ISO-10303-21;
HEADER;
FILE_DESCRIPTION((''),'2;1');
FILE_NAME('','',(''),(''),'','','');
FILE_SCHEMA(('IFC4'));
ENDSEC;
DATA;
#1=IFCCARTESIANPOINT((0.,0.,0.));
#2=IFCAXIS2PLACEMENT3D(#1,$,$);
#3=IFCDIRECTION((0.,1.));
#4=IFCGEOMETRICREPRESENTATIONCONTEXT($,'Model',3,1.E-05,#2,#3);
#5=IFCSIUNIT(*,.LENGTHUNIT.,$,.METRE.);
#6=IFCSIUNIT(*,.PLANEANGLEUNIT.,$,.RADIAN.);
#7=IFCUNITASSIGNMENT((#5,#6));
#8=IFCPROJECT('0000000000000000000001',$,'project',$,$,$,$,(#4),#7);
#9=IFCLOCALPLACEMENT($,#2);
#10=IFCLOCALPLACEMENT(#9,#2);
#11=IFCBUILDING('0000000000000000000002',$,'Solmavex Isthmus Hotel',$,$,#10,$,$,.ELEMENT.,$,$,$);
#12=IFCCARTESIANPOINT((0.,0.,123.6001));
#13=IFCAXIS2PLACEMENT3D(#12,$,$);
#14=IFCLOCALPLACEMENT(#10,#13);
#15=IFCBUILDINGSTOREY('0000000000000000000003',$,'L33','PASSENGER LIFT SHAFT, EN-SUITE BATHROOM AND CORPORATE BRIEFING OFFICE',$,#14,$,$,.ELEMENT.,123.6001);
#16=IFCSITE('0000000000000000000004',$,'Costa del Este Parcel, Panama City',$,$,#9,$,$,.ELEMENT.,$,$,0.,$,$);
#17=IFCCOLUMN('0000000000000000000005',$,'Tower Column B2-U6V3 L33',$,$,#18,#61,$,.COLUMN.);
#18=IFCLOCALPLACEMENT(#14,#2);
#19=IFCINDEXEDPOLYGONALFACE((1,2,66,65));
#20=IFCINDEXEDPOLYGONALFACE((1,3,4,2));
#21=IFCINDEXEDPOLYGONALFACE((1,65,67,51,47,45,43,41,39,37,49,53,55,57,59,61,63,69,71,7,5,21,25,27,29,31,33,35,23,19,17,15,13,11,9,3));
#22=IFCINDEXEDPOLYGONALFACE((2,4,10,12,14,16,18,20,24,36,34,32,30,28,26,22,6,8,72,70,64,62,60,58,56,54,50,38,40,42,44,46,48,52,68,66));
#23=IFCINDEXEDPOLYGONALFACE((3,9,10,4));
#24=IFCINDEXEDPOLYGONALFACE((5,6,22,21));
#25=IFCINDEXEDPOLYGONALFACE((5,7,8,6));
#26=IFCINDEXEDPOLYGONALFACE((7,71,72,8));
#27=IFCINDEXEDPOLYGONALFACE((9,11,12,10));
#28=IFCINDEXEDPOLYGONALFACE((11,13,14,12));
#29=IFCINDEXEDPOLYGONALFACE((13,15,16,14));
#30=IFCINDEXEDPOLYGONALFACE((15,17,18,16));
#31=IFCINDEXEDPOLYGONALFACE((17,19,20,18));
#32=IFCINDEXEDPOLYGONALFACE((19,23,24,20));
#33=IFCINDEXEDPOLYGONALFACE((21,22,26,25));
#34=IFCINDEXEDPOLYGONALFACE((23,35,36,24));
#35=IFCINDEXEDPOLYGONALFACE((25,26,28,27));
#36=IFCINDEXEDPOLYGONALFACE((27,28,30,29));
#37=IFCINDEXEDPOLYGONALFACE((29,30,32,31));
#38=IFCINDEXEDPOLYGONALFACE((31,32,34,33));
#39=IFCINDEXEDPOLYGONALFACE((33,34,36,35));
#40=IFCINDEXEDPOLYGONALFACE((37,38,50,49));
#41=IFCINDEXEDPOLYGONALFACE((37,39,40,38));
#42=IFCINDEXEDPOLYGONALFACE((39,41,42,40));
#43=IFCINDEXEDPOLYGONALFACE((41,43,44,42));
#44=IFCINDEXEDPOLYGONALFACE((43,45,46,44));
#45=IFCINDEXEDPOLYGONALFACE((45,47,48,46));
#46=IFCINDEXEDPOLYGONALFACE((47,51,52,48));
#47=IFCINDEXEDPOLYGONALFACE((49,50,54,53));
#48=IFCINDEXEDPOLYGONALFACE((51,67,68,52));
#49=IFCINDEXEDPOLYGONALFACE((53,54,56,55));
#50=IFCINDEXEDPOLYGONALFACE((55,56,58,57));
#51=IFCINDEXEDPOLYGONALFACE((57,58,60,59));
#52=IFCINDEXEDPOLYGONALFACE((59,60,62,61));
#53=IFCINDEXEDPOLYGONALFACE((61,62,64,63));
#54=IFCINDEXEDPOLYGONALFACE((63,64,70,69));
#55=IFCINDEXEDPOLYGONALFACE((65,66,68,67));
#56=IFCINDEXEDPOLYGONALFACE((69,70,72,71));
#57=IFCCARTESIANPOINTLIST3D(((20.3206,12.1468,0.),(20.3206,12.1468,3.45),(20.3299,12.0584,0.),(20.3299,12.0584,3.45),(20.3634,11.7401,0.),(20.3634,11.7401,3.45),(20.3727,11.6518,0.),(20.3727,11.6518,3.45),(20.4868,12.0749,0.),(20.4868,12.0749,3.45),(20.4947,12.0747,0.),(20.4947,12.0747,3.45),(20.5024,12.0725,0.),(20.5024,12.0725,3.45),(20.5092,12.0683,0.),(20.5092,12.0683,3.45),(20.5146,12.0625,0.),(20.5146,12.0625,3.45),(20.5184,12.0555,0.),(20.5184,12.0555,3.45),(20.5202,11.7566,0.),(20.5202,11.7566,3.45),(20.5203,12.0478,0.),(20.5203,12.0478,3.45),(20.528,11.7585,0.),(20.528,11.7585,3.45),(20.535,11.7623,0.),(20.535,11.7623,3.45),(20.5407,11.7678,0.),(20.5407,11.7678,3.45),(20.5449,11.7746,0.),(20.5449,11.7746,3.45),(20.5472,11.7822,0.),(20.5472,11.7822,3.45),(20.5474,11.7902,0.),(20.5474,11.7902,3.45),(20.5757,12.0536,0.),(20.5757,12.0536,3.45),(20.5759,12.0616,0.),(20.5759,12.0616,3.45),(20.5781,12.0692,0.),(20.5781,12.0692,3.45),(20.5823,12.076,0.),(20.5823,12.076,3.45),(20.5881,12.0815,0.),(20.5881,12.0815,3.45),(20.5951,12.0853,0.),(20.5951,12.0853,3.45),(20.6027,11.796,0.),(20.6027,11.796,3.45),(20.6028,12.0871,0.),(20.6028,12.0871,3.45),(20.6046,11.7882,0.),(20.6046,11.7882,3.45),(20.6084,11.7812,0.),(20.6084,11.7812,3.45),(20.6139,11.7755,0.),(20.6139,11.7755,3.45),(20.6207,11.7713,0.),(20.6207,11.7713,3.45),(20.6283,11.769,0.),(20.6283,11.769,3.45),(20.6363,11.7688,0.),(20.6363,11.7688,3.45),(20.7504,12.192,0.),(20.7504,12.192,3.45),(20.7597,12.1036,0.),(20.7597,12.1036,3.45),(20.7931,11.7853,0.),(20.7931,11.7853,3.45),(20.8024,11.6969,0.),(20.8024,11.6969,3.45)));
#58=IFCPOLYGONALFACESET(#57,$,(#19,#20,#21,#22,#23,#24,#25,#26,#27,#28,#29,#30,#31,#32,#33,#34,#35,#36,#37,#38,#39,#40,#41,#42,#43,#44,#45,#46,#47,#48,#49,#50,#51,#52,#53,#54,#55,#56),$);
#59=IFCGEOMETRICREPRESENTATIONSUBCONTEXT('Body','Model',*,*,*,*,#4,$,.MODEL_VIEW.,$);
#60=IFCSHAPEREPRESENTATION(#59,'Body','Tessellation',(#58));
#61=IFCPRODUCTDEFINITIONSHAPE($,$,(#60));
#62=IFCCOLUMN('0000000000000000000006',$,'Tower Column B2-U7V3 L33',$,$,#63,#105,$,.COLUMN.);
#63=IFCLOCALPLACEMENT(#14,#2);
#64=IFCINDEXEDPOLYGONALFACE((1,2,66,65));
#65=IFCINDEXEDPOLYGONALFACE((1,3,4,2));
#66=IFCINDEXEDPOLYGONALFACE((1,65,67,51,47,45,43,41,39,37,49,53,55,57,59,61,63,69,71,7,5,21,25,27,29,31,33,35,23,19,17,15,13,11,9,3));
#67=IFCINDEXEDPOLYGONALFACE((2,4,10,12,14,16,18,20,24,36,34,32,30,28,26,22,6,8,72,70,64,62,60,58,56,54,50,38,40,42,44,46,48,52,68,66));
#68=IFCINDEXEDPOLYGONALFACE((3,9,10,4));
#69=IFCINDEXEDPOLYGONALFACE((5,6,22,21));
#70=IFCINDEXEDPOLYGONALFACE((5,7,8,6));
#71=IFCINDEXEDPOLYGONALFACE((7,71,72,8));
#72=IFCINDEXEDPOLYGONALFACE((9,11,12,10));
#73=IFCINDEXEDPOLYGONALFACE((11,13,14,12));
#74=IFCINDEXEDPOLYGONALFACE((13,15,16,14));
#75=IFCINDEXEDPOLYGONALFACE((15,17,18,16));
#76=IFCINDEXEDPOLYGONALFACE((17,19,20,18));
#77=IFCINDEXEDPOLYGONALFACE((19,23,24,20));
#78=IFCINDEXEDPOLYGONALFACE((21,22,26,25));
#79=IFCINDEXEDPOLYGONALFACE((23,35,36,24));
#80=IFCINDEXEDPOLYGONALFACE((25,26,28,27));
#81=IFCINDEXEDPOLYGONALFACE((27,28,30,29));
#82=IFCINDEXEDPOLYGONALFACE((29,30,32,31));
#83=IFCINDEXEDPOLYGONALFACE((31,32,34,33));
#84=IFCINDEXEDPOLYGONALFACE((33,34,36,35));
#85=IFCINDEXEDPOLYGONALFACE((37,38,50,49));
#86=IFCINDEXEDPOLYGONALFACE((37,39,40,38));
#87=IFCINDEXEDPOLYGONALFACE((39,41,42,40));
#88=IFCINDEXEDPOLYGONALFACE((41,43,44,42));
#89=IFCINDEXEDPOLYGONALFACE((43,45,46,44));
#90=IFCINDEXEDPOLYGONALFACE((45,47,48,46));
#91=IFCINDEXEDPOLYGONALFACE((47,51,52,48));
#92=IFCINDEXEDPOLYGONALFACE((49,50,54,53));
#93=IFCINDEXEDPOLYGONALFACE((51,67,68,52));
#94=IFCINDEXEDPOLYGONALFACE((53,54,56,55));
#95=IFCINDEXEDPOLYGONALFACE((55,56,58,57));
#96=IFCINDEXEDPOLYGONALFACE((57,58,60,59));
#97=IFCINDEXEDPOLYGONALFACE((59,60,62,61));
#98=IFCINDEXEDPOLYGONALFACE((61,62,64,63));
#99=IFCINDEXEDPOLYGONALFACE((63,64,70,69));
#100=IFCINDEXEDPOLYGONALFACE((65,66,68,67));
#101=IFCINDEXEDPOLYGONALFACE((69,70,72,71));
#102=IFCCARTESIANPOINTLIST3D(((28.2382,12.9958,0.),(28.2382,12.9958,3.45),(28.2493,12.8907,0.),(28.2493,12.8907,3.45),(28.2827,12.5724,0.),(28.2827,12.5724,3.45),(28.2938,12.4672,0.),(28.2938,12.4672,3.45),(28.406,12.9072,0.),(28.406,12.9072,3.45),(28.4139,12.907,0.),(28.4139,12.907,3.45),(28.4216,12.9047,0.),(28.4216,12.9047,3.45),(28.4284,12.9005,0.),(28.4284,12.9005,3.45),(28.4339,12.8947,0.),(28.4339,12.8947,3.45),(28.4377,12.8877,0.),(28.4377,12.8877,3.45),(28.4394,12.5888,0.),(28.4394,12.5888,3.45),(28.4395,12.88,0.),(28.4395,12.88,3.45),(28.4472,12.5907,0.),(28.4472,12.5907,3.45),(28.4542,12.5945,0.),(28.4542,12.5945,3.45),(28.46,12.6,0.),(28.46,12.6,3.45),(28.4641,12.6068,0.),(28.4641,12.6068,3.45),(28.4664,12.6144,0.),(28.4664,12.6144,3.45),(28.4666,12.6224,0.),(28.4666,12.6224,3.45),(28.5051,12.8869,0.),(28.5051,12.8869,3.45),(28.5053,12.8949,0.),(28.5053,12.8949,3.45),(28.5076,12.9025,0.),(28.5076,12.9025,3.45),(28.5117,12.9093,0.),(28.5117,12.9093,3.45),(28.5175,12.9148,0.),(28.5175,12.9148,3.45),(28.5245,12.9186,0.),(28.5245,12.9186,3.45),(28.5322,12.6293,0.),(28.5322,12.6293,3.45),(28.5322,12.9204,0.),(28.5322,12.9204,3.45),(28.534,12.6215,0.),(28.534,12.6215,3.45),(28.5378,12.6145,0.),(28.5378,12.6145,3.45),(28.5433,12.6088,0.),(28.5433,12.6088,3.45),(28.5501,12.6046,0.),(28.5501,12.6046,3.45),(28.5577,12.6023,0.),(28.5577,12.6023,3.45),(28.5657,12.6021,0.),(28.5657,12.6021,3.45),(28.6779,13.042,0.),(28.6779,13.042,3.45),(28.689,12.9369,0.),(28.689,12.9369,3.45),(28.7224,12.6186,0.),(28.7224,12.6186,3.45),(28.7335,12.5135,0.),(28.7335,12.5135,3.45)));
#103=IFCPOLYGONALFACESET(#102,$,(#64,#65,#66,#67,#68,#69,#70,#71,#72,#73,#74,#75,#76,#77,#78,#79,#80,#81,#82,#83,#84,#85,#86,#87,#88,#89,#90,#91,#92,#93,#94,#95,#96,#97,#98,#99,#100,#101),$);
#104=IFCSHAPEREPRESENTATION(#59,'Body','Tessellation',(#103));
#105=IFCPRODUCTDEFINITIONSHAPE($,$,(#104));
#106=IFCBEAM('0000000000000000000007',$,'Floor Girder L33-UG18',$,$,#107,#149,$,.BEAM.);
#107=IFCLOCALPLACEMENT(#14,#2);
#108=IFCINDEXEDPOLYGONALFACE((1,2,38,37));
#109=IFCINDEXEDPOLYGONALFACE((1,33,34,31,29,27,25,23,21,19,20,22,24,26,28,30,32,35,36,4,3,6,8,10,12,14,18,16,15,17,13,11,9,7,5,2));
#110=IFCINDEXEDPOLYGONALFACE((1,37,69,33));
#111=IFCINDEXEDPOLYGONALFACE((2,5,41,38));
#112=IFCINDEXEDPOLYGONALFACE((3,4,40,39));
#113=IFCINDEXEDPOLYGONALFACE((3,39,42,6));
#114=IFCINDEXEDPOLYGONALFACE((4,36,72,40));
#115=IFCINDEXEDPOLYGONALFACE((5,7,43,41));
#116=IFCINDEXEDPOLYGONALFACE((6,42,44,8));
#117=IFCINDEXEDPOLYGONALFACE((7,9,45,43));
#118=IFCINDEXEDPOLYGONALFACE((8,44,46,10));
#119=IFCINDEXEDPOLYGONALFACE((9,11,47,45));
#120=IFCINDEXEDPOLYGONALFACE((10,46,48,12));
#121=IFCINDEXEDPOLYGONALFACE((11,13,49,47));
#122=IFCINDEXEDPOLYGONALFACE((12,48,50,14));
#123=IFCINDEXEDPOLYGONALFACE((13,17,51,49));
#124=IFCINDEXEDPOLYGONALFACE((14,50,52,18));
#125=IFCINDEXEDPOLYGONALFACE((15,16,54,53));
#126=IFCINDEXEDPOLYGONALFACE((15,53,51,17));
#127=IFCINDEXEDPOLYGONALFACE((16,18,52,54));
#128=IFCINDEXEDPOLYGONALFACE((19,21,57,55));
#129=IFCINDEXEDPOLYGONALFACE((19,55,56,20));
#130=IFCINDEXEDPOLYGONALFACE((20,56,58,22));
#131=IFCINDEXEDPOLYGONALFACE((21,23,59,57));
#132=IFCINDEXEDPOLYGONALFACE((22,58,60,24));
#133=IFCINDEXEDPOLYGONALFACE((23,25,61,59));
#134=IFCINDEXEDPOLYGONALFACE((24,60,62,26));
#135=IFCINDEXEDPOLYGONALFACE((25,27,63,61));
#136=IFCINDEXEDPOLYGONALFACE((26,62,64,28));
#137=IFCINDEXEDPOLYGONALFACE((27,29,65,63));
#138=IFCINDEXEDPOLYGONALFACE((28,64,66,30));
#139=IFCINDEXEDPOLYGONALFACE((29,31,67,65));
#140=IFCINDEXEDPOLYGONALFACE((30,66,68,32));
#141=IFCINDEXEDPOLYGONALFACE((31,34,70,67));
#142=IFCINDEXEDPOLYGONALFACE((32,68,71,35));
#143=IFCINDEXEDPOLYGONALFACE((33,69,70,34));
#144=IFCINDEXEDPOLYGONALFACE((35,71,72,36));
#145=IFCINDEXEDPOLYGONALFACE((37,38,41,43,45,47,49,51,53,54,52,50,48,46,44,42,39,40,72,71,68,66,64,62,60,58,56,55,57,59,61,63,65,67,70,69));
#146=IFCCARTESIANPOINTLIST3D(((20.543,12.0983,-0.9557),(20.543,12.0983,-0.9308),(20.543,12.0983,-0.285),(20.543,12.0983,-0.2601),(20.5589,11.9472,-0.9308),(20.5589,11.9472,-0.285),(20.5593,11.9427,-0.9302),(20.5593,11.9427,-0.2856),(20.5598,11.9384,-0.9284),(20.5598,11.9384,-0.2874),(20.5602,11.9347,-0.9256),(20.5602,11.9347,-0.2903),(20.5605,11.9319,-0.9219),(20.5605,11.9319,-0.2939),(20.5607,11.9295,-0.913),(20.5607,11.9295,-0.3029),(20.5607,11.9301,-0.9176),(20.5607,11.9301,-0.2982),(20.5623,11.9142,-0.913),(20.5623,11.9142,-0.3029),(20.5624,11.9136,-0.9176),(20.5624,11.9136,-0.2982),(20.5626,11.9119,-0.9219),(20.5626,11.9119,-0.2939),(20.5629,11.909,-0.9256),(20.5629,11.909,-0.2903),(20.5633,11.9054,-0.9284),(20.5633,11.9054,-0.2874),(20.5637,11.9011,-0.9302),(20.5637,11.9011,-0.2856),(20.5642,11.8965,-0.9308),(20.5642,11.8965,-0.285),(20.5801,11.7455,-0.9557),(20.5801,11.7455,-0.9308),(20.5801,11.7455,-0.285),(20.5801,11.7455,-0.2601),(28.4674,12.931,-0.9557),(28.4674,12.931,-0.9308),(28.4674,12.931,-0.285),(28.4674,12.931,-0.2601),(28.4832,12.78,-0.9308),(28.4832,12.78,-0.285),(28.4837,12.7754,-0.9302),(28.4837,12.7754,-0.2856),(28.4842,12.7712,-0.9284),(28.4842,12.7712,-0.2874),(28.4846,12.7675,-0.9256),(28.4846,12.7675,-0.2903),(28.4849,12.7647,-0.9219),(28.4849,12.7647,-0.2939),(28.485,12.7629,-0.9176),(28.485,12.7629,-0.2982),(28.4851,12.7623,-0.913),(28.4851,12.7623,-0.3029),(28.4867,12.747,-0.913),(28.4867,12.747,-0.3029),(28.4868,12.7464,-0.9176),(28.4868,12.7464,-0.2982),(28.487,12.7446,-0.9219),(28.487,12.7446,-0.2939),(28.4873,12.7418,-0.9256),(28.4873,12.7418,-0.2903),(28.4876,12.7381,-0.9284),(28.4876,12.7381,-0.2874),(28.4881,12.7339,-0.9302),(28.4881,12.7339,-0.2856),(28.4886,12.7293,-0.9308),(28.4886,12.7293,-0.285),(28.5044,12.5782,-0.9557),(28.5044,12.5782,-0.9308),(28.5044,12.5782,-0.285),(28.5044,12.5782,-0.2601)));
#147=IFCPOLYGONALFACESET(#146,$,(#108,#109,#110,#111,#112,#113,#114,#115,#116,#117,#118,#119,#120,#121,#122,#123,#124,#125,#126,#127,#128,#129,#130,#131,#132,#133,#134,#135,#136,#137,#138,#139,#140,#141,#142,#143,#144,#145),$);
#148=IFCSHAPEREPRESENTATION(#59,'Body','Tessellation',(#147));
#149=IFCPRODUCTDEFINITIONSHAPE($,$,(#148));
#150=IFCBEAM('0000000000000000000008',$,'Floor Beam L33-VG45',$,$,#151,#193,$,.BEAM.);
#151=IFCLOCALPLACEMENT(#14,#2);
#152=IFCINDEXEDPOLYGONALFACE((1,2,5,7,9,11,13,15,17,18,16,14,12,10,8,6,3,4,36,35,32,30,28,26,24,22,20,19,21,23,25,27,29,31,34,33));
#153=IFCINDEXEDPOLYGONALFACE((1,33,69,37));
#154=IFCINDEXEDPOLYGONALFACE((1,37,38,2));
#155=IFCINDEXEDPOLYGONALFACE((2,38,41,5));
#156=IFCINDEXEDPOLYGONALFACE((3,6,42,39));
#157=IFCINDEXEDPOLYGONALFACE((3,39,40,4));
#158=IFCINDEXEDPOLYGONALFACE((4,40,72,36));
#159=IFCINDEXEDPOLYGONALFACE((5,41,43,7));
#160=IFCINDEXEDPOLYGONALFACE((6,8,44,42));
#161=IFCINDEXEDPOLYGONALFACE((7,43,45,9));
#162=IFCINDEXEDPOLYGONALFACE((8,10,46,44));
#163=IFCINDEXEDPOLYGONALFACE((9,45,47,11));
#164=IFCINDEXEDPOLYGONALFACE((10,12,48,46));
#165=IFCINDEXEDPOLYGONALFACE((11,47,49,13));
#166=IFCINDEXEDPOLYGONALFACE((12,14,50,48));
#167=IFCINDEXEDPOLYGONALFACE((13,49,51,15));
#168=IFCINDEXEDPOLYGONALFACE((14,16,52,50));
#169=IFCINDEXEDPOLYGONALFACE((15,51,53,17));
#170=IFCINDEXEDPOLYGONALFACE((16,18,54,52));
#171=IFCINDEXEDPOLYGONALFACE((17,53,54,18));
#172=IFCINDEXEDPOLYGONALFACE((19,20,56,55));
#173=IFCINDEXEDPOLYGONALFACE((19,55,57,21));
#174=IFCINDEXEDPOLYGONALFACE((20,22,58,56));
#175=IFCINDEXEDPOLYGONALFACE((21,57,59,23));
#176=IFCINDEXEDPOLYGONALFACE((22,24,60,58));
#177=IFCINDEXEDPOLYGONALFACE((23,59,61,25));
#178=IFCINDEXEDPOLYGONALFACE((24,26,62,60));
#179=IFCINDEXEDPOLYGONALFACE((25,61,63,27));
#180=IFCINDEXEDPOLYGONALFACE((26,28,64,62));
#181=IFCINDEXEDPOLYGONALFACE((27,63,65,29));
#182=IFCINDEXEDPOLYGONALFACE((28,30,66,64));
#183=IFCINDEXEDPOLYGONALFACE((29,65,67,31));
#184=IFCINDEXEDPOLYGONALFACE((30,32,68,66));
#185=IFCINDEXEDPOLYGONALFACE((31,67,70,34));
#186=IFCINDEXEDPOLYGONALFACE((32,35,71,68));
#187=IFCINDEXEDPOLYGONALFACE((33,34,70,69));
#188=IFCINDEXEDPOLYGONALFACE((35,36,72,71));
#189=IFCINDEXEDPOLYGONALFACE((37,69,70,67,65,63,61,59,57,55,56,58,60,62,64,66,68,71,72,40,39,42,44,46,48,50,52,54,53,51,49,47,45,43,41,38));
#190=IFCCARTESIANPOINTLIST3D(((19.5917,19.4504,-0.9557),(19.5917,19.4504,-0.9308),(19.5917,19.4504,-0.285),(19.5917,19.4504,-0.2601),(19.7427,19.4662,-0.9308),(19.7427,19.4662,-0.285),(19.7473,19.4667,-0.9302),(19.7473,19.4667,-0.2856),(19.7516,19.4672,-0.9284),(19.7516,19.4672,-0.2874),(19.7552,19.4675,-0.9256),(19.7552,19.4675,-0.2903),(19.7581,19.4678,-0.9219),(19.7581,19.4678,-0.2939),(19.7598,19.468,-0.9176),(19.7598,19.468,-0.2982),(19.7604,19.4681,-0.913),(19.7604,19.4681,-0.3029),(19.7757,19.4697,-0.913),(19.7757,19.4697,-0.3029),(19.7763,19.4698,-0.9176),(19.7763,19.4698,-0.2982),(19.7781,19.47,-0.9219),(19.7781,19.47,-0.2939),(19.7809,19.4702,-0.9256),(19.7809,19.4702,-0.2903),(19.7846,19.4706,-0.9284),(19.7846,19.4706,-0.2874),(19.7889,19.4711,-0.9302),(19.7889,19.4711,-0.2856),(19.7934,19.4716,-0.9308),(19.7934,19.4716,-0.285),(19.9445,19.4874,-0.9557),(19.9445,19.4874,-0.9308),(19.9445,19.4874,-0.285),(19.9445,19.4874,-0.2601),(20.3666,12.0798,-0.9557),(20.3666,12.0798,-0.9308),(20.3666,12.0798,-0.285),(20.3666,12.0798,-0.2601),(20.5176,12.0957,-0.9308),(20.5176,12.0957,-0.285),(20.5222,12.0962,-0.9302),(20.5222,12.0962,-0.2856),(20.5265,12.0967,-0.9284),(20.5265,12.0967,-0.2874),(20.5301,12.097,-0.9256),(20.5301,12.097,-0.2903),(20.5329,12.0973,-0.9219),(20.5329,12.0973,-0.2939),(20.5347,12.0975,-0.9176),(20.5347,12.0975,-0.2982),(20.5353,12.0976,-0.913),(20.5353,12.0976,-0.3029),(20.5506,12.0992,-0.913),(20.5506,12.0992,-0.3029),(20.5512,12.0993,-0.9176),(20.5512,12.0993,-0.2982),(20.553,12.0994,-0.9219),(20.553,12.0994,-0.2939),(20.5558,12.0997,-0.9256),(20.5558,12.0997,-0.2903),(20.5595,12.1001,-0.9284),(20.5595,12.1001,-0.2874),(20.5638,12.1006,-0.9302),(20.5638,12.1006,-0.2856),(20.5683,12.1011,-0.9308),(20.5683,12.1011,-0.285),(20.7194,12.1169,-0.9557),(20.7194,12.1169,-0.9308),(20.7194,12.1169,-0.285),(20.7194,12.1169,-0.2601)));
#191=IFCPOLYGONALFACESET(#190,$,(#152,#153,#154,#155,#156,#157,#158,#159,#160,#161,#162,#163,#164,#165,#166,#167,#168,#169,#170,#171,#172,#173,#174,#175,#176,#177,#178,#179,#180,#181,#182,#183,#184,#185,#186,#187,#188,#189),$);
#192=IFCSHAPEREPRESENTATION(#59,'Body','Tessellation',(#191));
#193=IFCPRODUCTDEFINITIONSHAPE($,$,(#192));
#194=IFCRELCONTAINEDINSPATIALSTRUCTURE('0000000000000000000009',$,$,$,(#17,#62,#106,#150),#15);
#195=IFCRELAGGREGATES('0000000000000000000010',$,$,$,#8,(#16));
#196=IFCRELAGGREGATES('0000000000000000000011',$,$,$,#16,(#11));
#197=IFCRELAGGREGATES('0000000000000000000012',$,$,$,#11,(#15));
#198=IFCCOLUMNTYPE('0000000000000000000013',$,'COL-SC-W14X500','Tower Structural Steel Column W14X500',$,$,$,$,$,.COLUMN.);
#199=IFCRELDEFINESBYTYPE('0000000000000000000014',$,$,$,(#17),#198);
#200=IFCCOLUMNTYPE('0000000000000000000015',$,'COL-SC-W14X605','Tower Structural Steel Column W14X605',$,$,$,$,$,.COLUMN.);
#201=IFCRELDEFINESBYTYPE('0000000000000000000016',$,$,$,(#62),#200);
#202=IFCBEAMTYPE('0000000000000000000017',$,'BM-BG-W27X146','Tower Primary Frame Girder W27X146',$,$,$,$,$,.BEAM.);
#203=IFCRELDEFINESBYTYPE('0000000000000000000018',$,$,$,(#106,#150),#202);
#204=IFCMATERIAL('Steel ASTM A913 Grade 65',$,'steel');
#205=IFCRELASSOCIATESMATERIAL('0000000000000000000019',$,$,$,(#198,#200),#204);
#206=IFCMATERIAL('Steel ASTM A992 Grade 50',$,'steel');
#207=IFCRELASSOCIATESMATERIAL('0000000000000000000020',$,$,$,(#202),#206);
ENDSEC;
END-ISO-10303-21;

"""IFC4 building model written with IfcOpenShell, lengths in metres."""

from ifc_helpers import new_model, si_unit, direction, frame, origin, origin_2d, place, context, subcontext, project, spatial, i_section, extrude, material, material_profile, profile_set, type_object, element, save


model = new_model("IFC4")

# Units and contexts
model_context = context("Model", 3, precision=1e-05, world=origin(), true_north=direction((0.0, 1.0)))
body_context = subcontext(model_context, "Body", "Model", "MODEL_VIEW")
ifc_project = project(units=[si_unit("LENGTHUNIT", "METRE"), si_unit("PLANEANGLEUNIT", "RADIAN")], contexts=[model_context])

# Site, building, storey
site_placement = place(None, origin())
site = spatial("IfcSite", under=ifc_project, at=site_placement, Name="Costa del Este Parcel, Panama City", CompositionType="ELEMENT", RefElevation=0.0)
building_placement = place(site_placement, origin())
building = spatial("IfcBuilding", under=site, at=building_placement, Name="Solmavex Isthmus Hotel", CompositionType="ELEMENT")
storey_placement = place(building_placement, frame((0.0, 0.0, 123.6001)))
storey = spatial("IfcBuildingStorey", under=building, at=storey_placement, Name="L33", Description="PASSENGER LIFT SHAFT, EN-SUITE BATHROOM AND CORPORATE BRIEFING OFFICE", CompositionType="ELEMENT", Elevation=123.6001)

# Columns
ifc_material_1 = material(Name="Steel ASTM A913 Grade 65", Category="steel")
ifc_material_profile_1 = material_profile(ifc_material_1, i_section(OverallWidth=0.4321, OverallDepth=0.4978, WebThickness=0.0557, FlangeThickness=0.0889, FilletRadius=0.0305, at=origin_2d()), Name="W14X500")
ifc_profile_set_1 = profile_set([ifc_material_profile_1], Name="Steel ASTM A913 Grade 65")
column_type_1 = type_object("IfcColumnType", Name="COL-SC-W14X500", Description="Tower Structural Steel Column W14X500", PredefinedType="COLUMN", material=ifc_profile_set_1)
column_1_placement = place(storey_placement, frame((20.5615, 11.9219, 0.0), z_axis=(0.0, 0.0, 1.0), x_axis=(0.994522, 0.104528, 0.0)))
element("IfcColumn", 1, at=column_1_placement, inside=storey, type_object=column_type_1, Name="Tower Column B2-U6V3 L33", PredefinedType="COLUMN", context=body_context, shape_type="SweptSolid", body=[
    extrude(i_section(OverallWidth=0.4321, OverallDepth=0.4978, WebThickness=0.0557, FlangeThickness=0.0889, FilletRadius=0.0305, at=origin_2d()), origin(), (0.0, 0.0, 1.0), 3.45),
])
ifc_material_profile_2 = material_profile(ifc_material_1, i_section(OverallWidth=0.4421, OverallDepth=0.5315, WebThickness=0.0659, FlangeThickness=0.1057, FilletRadius=0.0305, at=origin_2d()), Name="W14X605")
ifc_profile_set_2 = profile_set([ifc_material_profile_2], Name="Steel ASTM A913 Grade 65")
column_type_2 = type_object("IfcColumnType", Name="COL-SC-W14X605", Description="Tower Structural Steel Column W14X605", PredefinedType="COLUMN", material=ifc_profile_set_2)
column_2_placement = place(storey_placement, frame((28.4858, 12.7546, 0.0), z_axis=(0.0, 0.0, 1.0), x_axis=(0.994522, 0.104528, 0.0)))
element("IfcColumn", 2, at=column_2_placement, inside=storey, type_object=column_type_2, Name="Tower Column B2-U7V3 L33", PredefinedType="COLUMN", context=body_context, shape_type="SweptSolid", body=[
    extrude(i_section(OverallWidth=0.4421, OverallDepth=0.5315, WebThickness=0.0659, FlangeThickness=0.1057, FilletRadius=0.0305, at=origin_2d()), origin(), (0.0, 0.0, 1.0), 3.45),
])

# Beams
ifc_material_2 = material(Name="Steel ASTM A992 Grade 50", Category="steel")
ifc_material_profile_3 = material_profile(ifc_material_2, i_section(OverallWidth=0.3547, OverallDepth=0.6956, WebThickness=0.0154, FlangeThickness=0.0249, FilletRadius=0.0178, at=origin_2d()), Name="W27X146")
ifc_profile_set_3 = profile_set([ifc_material_profile_3], Name="Steel ASTM A992 Grade 50")
beam_type_1 = type_object("IfcBeamType", Name="BM-BG-W27X146", Description="Tower Primary Frame Girder W27X146", PredefinedType="BEAM", material=ifc_profile_set_3)
beam_1_placement = place(storey_placement, frame((20.5615, 11.9219, -0.6079), z_axis=(0.994523, 0.104514, 0.0), x_axis=(-0.104514, 0.994523, 0.0)))
element("IfcBeam", 3, at=beam_1_placement, inside=storey, type_object=beam_type_1, Name="Floor Girder L33-UG18", PredefinedType="BEAM", context=body_context, shape_type="SweptSolid", body=[
    extrude(i_section(OverallWidth=0.3547, OverallDepth=0.6956, WebThickness=0.0154, FlangeThickness=0.0249, FilletRadius=0.0178, at=origin_2d()), origin(), (0.0, 0.0, 1.0), 7.968),
])
beam_2_placement = place(storey_placement, frame((20.543, 12.0984, -0.6079), z_axis=(-0.104558, 0.994519, 0.0), x_axis=(-0.994519, -0.104558, 0.0)))
element("IfcBeam", 4, at=beam_2_placement, inside=storey, type_object=beam_type_1, Name="Floor Beam L33-VG45", PredefinedType="BEAM", context=body_context, shape_type="SweptSolid", body=[
    extrude(i_section(OverallWidth=0.3547, OverallDepth=0.6956, WebThickness=0.0154, FlangeThickness=0.0249, FilletRadius=0.0178, at=origin_2d()), origin(), (0.0, 0.0, 1.0), 7.4111),
])

save(model, "model.ifc")
